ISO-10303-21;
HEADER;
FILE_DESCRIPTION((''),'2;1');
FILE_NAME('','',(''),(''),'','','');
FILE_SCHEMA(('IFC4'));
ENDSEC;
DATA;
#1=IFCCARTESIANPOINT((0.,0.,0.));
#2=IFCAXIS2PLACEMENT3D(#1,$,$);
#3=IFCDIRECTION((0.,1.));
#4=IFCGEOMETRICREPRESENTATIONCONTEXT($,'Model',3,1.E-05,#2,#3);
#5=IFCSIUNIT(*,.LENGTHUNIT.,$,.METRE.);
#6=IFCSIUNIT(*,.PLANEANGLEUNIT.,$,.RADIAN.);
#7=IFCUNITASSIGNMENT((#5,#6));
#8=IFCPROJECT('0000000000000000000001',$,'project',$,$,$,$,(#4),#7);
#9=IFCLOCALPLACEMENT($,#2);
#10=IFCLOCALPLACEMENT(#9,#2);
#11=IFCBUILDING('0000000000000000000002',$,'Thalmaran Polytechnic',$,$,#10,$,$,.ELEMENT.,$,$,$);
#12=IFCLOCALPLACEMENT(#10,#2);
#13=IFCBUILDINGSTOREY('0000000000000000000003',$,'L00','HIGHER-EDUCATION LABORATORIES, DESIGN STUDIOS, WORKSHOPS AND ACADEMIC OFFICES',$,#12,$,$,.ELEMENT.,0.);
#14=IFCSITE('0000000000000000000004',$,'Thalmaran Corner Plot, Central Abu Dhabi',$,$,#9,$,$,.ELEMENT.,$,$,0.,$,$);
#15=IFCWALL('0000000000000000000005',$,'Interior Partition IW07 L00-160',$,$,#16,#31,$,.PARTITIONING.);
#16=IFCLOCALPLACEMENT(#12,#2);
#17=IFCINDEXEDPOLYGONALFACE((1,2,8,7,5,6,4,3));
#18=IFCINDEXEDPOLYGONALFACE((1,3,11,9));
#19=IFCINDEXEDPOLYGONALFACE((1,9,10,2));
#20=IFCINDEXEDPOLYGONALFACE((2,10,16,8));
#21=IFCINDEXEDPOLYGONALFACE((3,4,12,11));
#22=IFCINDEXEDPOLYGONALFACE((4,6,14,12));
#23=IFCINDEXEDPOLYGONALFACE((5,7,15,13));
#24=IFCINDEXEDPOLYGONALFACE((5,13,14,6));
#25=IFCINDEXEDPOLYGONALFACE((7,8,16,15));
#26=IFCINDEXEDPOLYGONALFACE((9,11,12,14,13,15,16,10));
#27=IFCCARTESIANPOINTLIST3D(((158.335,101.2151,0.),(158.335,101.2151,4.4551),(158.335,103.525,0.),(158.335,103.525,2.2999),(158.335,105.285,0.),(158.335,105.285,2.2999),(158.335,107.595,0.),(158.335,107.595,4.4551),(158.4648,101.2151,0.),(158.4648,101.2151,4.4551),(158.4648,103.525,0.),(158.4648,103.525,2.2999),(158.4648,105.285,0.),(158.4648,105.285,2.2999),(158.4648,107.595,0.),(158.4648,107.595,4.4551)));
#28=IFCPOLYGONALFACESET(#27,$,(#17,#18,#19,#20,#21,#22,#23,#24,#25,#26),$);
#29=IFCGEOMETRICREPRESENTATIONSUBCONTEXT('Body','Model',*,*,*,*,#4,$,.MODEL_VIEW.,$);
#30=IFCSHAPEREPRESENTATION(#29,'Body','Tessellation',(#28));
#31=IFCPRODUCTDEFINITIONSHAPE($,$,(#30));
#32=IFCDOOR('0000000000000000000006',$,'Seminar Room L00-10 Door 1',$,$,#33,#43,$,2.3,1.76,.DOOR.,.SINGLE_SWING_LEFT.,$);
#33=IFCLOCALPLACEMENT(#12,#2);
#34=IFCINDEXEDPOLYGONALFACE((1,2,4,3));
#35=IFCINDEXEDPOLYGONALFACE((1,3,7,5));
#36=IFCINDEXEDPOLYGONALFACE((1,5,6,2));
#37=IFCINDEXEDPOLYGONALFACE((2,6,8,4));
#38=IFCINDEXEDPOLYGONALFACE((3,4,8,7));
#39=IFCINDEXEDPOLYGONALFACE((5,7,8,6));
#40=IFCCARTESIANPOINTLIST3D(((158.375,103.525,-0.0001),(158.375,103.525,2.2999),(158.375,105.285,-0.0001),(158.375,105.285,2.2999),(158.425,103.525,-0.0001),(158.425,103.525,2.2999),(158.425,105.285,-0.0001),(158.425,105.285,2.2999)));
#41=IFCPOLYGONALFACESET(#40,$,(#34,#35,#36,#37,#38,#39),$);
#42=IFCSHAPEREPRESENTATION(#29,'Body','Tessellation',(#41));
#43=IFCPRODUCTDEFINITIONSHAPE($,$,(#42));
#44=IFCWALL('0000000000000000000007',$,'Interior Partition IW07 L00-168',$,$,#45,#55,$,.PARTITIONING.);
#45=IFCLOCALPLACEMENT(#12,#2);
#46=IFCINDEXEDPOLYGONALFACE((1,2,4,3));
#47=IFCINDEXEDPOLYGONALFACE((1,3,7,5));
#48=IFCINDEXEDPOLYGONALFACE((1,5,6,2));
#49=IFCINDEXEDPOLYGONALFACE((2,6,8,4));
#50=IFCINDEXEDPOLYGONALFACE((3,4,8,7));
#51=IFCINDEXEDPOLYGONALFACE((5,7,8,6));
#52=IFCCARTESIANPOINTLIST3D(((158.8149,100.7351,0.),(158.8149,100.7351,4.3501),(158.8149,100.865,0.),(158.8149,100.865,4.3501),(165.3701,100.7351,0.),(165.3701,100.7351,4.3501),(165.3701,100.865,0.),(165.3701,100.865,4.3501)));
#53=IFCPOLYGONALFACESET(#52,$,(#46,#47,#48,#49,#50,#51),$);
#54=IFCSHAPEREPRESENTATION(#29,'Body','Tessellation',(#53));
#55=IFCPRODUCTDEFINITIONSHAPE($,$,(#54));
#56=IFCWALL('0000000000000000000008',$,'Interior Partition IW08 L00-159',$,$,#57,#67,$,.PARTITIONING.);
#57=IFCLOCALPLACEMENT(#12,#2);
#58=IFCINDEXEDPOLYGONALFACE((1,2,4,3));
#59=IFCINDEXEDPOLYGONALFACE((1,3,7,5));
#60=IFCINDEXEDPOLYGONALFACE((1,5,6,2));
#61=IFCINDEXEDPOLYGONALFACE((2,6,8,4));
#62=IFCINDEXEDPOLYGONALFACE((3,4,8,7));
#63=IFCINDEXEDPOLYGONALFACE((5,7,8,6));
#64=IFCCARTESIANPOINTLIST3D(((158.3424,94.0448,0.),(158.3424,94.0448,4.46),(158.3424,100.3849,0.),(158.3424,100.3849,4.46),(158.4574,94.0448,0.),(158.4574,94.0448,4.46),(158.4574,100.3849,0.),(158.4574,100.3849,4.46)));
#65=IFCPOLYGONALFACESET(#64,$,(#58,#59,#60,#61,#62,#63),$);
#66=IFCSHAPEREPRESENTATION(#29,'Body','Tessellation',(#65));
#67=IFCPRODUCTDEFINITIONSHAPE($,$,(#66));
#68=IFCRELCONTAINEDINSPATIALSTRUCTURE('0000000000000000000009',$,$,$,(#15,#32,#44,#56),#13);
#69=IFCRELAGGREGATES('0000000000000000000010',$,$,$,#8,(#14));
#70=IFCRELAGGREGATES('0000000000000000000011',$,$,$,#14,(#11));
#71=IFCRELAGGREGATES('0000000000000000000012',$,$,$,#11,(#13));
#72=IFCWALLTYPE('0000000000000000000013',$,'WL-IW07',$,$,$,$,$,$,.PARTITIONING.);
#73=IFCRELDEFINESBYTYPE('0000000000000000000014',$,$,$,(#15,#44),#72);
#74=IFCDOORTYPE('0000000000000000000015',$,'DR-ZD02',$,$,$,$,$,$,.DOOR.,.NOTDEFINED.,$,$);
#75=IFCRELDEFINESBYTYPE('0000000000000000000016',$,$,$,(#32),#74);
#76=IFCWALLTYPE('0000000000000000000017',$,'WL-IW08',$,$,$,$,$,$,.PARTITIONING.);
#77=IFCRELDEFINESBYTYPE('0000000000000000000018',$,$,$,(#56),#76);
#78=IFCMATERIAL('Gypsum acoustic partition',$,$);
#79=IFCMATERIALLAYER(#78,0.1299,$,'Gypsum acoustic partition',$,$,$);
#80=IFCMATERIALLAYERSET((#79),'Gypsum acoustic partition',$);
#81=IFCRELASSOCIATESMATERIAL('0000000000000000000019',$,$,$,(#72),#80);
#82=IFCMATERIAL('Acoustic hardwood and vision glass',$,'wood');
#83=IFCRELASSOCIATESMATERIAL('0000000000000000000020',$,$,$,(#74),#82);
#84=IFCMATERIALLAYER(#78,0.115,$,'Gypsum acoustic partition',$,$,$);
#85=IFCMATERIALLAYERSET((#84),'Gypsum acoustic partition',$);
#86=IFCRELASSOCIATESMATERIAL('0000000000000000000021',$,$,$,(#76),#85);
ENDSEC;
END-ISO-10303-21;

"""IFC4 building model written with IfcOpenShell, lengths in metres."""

from ifc_helpers import new_model, si_unit, direction, frame, frame_2d, origin, place, context, subcontext, project, spatial, rectangle, extrude, material, layer, layer_set, type_object, element, fill, save


model = new_model("IFC4")

# Units and contexts
model_context = context("Model", 3, precision=1e-05, world=origin(), true_north=direction((0.0, 1.0)))
body_context = subcontext(model_context, "Body", "Model", "MODEL_VIEW")
ifc_project = project(units=[si_unit("LENGTHUNIT", "METRE"), si_unit("PLANEANGLEUNIT", "RADIAN")], contexts=[model_context])

# Site, building, storey
site_placement = place(None, origin())
site = spatial("IfcSite", under=ifc_project, at=site_placement, Name="Thalmaran Corner Plot, Central Abu Dhabi", CompositionType="ELEMENT", RefElevation=0.0)
building_placement = place(site_placement, origin())
building = spatial("IfcBuilding", under=site, at=building_placement, Name="Thalmaran Polytechnic", CompositionType="ELEMENT")
storey_placement = place(building_placement, origin())
storey = spatial("IfcBuildingStorey", under=building, at=storey_placement, Name="L00", Description="HIGHER-EDUCATION LABORATORIES, DESIGN STUDIOS, WORKSHOPS AND ACADEMIC OFFICES", CompositionType="ELEMENT", Elevation=0.0)

# Shared definitions
ifc_material_1 = material(Name="Gypsum acoustic partition")
ifc_layer_1 = layer(ifc_material_1, 0.1299, Name="Gypsum acoustic partition")
ifc_layer_set_1 = layer_set([ifc_layer_1], Name="Gypsum acoustic partition")
wall_type_1 = type_object("IfcWallType", Name="WL-IW07", PredefinedType="PARTITIONING", material=ifc_layer_set_1)

# Wall, opening, door
wall_1_placement = place(storey_placement, frame((158.3999, 101.2151, 0.0), z_axis=(0.0, 0.0, 1.0), x_axis=(0.0, 1.0, 0.0)))
wall_1 = element("IfcWall", 1, at=wall_1_placement, inside=storey, type_object=wall_type_1, Name="Interior Partition IW07 L00-160", PredefinedType="PARTITIONING", context=body_context, shape_type="SweptSolid", body=[
    extrude(rectangle(XDim=6.3799, YDim=0.1299, at=frame_2d((3.1899, 0.0))), origin(), (0.0, 0.0, 1.0), 4.4551),
])
opening_placement = place(wall_1_placement, frame((2.3101, 0.0, 0.0)))
opening = element("IfcOpeningElement", 2, at=opening_placement, cuts=wall_1, PredefinedType="OPENING", context=body_context, shape_type="SweptSolid", body=[
    extrude(rectangle(XDim=1.76, YDim=2.3, at=frame_2d((0.8799, 1.1499))), frame((0.0, 0.075, 0.0), z_axis=(0.0, -1.0, 0.0), x_axis=(1.0, 0.0, 0.0)), (0.0, 0.0, 1.0), 0.1499),
])
ifc_material_2 = material(Name="Acoustic hardwood and vision glass", Category="wood")
door_type = type_object("IfcDoorType", Name="DR-ZD02", OperationType="NOTDEFINED", PredefinedType="DOOR", material=ifc_material_2)
door_placement = place(opening_placement, origin())
door = element("IfcDoor", 3, at=door_placement, inside=storey, type_object=door_type, Name="Seminar Room L00-10 Door 1", OperationType="SINGLE_SWING_LEFT", OverallHeight=2.3, OverallWidth=1.76, PredefinedType="DOOR", context=body_context, shape_type="SweptSolid", body=[
    extrude(rectangle(XDim=1.76, YDim=2.3, at=frame_2d((0.8799, 1.1499))), frame((0.0, 0.0249, 0.0), z_axis=(0.0, -1.0, 0.0), x_axis=(1.0, 0.0, 0.0)), (0.0, 0.0, 1.0), 0.05),
])
fill(opening, door)

# Walls
wall_2_placement = place(storey_placement, frame((158.8149, 100.8, 0.0), z_axis=(0.0, 0.0, 1.0), x_axis=(1.0, 0.0, 0.0)))
element("IfcWall", 4, at=wall_2_placement, inside=storey, type_object=wall_type_1, Name="Interior Partition IW07 L00-168", PredefinedType="PARTITIONING", context=body_context, shape_type="SweptSolid", body=[
    extrude(rectangle(XDim=6.5552, YDim=0.1299, at=frame_2d((3.2776, 0.0))), origin(), (0.0, 0.0, 1.0), 4.3501),
])
ifc_layer_2 = layer(ifc_material_1, 0.115, Name="Gypsum acoustic partition")
ifc_layer_set_2 = layer_set([ifc_layer_2], Name="Gypsum acoustic partition")
wall_type_2 = type_object("IfcWallType", Name="WL-IW08", PredefinedType="PARTITIONING", material=ifc_layer_set_2)
wall_3_placement = place(storey_placement, frame((158.3999, 94.0449, 0.0), z_axis=(0.0, 0.0, 1.0), x_axis=(0.0, 1.0, 0.0)))
element("IfcWall", 5, at=wall_3_placement, inside=storey, type_object=wall_type_2, Name="Interior Partition IW08 L00-159", PredefinedType="PARTITIONING", context=body_context, shape_type="SweptSolid", body=[
    extrude(rectangle(XDim=6.3401, YDim=0.115, at=frame_2d((3.1699, 0.0))), origin(), (0.0, 0.0, 1.0), 4.46),
])

save(model, "model.ifc")
